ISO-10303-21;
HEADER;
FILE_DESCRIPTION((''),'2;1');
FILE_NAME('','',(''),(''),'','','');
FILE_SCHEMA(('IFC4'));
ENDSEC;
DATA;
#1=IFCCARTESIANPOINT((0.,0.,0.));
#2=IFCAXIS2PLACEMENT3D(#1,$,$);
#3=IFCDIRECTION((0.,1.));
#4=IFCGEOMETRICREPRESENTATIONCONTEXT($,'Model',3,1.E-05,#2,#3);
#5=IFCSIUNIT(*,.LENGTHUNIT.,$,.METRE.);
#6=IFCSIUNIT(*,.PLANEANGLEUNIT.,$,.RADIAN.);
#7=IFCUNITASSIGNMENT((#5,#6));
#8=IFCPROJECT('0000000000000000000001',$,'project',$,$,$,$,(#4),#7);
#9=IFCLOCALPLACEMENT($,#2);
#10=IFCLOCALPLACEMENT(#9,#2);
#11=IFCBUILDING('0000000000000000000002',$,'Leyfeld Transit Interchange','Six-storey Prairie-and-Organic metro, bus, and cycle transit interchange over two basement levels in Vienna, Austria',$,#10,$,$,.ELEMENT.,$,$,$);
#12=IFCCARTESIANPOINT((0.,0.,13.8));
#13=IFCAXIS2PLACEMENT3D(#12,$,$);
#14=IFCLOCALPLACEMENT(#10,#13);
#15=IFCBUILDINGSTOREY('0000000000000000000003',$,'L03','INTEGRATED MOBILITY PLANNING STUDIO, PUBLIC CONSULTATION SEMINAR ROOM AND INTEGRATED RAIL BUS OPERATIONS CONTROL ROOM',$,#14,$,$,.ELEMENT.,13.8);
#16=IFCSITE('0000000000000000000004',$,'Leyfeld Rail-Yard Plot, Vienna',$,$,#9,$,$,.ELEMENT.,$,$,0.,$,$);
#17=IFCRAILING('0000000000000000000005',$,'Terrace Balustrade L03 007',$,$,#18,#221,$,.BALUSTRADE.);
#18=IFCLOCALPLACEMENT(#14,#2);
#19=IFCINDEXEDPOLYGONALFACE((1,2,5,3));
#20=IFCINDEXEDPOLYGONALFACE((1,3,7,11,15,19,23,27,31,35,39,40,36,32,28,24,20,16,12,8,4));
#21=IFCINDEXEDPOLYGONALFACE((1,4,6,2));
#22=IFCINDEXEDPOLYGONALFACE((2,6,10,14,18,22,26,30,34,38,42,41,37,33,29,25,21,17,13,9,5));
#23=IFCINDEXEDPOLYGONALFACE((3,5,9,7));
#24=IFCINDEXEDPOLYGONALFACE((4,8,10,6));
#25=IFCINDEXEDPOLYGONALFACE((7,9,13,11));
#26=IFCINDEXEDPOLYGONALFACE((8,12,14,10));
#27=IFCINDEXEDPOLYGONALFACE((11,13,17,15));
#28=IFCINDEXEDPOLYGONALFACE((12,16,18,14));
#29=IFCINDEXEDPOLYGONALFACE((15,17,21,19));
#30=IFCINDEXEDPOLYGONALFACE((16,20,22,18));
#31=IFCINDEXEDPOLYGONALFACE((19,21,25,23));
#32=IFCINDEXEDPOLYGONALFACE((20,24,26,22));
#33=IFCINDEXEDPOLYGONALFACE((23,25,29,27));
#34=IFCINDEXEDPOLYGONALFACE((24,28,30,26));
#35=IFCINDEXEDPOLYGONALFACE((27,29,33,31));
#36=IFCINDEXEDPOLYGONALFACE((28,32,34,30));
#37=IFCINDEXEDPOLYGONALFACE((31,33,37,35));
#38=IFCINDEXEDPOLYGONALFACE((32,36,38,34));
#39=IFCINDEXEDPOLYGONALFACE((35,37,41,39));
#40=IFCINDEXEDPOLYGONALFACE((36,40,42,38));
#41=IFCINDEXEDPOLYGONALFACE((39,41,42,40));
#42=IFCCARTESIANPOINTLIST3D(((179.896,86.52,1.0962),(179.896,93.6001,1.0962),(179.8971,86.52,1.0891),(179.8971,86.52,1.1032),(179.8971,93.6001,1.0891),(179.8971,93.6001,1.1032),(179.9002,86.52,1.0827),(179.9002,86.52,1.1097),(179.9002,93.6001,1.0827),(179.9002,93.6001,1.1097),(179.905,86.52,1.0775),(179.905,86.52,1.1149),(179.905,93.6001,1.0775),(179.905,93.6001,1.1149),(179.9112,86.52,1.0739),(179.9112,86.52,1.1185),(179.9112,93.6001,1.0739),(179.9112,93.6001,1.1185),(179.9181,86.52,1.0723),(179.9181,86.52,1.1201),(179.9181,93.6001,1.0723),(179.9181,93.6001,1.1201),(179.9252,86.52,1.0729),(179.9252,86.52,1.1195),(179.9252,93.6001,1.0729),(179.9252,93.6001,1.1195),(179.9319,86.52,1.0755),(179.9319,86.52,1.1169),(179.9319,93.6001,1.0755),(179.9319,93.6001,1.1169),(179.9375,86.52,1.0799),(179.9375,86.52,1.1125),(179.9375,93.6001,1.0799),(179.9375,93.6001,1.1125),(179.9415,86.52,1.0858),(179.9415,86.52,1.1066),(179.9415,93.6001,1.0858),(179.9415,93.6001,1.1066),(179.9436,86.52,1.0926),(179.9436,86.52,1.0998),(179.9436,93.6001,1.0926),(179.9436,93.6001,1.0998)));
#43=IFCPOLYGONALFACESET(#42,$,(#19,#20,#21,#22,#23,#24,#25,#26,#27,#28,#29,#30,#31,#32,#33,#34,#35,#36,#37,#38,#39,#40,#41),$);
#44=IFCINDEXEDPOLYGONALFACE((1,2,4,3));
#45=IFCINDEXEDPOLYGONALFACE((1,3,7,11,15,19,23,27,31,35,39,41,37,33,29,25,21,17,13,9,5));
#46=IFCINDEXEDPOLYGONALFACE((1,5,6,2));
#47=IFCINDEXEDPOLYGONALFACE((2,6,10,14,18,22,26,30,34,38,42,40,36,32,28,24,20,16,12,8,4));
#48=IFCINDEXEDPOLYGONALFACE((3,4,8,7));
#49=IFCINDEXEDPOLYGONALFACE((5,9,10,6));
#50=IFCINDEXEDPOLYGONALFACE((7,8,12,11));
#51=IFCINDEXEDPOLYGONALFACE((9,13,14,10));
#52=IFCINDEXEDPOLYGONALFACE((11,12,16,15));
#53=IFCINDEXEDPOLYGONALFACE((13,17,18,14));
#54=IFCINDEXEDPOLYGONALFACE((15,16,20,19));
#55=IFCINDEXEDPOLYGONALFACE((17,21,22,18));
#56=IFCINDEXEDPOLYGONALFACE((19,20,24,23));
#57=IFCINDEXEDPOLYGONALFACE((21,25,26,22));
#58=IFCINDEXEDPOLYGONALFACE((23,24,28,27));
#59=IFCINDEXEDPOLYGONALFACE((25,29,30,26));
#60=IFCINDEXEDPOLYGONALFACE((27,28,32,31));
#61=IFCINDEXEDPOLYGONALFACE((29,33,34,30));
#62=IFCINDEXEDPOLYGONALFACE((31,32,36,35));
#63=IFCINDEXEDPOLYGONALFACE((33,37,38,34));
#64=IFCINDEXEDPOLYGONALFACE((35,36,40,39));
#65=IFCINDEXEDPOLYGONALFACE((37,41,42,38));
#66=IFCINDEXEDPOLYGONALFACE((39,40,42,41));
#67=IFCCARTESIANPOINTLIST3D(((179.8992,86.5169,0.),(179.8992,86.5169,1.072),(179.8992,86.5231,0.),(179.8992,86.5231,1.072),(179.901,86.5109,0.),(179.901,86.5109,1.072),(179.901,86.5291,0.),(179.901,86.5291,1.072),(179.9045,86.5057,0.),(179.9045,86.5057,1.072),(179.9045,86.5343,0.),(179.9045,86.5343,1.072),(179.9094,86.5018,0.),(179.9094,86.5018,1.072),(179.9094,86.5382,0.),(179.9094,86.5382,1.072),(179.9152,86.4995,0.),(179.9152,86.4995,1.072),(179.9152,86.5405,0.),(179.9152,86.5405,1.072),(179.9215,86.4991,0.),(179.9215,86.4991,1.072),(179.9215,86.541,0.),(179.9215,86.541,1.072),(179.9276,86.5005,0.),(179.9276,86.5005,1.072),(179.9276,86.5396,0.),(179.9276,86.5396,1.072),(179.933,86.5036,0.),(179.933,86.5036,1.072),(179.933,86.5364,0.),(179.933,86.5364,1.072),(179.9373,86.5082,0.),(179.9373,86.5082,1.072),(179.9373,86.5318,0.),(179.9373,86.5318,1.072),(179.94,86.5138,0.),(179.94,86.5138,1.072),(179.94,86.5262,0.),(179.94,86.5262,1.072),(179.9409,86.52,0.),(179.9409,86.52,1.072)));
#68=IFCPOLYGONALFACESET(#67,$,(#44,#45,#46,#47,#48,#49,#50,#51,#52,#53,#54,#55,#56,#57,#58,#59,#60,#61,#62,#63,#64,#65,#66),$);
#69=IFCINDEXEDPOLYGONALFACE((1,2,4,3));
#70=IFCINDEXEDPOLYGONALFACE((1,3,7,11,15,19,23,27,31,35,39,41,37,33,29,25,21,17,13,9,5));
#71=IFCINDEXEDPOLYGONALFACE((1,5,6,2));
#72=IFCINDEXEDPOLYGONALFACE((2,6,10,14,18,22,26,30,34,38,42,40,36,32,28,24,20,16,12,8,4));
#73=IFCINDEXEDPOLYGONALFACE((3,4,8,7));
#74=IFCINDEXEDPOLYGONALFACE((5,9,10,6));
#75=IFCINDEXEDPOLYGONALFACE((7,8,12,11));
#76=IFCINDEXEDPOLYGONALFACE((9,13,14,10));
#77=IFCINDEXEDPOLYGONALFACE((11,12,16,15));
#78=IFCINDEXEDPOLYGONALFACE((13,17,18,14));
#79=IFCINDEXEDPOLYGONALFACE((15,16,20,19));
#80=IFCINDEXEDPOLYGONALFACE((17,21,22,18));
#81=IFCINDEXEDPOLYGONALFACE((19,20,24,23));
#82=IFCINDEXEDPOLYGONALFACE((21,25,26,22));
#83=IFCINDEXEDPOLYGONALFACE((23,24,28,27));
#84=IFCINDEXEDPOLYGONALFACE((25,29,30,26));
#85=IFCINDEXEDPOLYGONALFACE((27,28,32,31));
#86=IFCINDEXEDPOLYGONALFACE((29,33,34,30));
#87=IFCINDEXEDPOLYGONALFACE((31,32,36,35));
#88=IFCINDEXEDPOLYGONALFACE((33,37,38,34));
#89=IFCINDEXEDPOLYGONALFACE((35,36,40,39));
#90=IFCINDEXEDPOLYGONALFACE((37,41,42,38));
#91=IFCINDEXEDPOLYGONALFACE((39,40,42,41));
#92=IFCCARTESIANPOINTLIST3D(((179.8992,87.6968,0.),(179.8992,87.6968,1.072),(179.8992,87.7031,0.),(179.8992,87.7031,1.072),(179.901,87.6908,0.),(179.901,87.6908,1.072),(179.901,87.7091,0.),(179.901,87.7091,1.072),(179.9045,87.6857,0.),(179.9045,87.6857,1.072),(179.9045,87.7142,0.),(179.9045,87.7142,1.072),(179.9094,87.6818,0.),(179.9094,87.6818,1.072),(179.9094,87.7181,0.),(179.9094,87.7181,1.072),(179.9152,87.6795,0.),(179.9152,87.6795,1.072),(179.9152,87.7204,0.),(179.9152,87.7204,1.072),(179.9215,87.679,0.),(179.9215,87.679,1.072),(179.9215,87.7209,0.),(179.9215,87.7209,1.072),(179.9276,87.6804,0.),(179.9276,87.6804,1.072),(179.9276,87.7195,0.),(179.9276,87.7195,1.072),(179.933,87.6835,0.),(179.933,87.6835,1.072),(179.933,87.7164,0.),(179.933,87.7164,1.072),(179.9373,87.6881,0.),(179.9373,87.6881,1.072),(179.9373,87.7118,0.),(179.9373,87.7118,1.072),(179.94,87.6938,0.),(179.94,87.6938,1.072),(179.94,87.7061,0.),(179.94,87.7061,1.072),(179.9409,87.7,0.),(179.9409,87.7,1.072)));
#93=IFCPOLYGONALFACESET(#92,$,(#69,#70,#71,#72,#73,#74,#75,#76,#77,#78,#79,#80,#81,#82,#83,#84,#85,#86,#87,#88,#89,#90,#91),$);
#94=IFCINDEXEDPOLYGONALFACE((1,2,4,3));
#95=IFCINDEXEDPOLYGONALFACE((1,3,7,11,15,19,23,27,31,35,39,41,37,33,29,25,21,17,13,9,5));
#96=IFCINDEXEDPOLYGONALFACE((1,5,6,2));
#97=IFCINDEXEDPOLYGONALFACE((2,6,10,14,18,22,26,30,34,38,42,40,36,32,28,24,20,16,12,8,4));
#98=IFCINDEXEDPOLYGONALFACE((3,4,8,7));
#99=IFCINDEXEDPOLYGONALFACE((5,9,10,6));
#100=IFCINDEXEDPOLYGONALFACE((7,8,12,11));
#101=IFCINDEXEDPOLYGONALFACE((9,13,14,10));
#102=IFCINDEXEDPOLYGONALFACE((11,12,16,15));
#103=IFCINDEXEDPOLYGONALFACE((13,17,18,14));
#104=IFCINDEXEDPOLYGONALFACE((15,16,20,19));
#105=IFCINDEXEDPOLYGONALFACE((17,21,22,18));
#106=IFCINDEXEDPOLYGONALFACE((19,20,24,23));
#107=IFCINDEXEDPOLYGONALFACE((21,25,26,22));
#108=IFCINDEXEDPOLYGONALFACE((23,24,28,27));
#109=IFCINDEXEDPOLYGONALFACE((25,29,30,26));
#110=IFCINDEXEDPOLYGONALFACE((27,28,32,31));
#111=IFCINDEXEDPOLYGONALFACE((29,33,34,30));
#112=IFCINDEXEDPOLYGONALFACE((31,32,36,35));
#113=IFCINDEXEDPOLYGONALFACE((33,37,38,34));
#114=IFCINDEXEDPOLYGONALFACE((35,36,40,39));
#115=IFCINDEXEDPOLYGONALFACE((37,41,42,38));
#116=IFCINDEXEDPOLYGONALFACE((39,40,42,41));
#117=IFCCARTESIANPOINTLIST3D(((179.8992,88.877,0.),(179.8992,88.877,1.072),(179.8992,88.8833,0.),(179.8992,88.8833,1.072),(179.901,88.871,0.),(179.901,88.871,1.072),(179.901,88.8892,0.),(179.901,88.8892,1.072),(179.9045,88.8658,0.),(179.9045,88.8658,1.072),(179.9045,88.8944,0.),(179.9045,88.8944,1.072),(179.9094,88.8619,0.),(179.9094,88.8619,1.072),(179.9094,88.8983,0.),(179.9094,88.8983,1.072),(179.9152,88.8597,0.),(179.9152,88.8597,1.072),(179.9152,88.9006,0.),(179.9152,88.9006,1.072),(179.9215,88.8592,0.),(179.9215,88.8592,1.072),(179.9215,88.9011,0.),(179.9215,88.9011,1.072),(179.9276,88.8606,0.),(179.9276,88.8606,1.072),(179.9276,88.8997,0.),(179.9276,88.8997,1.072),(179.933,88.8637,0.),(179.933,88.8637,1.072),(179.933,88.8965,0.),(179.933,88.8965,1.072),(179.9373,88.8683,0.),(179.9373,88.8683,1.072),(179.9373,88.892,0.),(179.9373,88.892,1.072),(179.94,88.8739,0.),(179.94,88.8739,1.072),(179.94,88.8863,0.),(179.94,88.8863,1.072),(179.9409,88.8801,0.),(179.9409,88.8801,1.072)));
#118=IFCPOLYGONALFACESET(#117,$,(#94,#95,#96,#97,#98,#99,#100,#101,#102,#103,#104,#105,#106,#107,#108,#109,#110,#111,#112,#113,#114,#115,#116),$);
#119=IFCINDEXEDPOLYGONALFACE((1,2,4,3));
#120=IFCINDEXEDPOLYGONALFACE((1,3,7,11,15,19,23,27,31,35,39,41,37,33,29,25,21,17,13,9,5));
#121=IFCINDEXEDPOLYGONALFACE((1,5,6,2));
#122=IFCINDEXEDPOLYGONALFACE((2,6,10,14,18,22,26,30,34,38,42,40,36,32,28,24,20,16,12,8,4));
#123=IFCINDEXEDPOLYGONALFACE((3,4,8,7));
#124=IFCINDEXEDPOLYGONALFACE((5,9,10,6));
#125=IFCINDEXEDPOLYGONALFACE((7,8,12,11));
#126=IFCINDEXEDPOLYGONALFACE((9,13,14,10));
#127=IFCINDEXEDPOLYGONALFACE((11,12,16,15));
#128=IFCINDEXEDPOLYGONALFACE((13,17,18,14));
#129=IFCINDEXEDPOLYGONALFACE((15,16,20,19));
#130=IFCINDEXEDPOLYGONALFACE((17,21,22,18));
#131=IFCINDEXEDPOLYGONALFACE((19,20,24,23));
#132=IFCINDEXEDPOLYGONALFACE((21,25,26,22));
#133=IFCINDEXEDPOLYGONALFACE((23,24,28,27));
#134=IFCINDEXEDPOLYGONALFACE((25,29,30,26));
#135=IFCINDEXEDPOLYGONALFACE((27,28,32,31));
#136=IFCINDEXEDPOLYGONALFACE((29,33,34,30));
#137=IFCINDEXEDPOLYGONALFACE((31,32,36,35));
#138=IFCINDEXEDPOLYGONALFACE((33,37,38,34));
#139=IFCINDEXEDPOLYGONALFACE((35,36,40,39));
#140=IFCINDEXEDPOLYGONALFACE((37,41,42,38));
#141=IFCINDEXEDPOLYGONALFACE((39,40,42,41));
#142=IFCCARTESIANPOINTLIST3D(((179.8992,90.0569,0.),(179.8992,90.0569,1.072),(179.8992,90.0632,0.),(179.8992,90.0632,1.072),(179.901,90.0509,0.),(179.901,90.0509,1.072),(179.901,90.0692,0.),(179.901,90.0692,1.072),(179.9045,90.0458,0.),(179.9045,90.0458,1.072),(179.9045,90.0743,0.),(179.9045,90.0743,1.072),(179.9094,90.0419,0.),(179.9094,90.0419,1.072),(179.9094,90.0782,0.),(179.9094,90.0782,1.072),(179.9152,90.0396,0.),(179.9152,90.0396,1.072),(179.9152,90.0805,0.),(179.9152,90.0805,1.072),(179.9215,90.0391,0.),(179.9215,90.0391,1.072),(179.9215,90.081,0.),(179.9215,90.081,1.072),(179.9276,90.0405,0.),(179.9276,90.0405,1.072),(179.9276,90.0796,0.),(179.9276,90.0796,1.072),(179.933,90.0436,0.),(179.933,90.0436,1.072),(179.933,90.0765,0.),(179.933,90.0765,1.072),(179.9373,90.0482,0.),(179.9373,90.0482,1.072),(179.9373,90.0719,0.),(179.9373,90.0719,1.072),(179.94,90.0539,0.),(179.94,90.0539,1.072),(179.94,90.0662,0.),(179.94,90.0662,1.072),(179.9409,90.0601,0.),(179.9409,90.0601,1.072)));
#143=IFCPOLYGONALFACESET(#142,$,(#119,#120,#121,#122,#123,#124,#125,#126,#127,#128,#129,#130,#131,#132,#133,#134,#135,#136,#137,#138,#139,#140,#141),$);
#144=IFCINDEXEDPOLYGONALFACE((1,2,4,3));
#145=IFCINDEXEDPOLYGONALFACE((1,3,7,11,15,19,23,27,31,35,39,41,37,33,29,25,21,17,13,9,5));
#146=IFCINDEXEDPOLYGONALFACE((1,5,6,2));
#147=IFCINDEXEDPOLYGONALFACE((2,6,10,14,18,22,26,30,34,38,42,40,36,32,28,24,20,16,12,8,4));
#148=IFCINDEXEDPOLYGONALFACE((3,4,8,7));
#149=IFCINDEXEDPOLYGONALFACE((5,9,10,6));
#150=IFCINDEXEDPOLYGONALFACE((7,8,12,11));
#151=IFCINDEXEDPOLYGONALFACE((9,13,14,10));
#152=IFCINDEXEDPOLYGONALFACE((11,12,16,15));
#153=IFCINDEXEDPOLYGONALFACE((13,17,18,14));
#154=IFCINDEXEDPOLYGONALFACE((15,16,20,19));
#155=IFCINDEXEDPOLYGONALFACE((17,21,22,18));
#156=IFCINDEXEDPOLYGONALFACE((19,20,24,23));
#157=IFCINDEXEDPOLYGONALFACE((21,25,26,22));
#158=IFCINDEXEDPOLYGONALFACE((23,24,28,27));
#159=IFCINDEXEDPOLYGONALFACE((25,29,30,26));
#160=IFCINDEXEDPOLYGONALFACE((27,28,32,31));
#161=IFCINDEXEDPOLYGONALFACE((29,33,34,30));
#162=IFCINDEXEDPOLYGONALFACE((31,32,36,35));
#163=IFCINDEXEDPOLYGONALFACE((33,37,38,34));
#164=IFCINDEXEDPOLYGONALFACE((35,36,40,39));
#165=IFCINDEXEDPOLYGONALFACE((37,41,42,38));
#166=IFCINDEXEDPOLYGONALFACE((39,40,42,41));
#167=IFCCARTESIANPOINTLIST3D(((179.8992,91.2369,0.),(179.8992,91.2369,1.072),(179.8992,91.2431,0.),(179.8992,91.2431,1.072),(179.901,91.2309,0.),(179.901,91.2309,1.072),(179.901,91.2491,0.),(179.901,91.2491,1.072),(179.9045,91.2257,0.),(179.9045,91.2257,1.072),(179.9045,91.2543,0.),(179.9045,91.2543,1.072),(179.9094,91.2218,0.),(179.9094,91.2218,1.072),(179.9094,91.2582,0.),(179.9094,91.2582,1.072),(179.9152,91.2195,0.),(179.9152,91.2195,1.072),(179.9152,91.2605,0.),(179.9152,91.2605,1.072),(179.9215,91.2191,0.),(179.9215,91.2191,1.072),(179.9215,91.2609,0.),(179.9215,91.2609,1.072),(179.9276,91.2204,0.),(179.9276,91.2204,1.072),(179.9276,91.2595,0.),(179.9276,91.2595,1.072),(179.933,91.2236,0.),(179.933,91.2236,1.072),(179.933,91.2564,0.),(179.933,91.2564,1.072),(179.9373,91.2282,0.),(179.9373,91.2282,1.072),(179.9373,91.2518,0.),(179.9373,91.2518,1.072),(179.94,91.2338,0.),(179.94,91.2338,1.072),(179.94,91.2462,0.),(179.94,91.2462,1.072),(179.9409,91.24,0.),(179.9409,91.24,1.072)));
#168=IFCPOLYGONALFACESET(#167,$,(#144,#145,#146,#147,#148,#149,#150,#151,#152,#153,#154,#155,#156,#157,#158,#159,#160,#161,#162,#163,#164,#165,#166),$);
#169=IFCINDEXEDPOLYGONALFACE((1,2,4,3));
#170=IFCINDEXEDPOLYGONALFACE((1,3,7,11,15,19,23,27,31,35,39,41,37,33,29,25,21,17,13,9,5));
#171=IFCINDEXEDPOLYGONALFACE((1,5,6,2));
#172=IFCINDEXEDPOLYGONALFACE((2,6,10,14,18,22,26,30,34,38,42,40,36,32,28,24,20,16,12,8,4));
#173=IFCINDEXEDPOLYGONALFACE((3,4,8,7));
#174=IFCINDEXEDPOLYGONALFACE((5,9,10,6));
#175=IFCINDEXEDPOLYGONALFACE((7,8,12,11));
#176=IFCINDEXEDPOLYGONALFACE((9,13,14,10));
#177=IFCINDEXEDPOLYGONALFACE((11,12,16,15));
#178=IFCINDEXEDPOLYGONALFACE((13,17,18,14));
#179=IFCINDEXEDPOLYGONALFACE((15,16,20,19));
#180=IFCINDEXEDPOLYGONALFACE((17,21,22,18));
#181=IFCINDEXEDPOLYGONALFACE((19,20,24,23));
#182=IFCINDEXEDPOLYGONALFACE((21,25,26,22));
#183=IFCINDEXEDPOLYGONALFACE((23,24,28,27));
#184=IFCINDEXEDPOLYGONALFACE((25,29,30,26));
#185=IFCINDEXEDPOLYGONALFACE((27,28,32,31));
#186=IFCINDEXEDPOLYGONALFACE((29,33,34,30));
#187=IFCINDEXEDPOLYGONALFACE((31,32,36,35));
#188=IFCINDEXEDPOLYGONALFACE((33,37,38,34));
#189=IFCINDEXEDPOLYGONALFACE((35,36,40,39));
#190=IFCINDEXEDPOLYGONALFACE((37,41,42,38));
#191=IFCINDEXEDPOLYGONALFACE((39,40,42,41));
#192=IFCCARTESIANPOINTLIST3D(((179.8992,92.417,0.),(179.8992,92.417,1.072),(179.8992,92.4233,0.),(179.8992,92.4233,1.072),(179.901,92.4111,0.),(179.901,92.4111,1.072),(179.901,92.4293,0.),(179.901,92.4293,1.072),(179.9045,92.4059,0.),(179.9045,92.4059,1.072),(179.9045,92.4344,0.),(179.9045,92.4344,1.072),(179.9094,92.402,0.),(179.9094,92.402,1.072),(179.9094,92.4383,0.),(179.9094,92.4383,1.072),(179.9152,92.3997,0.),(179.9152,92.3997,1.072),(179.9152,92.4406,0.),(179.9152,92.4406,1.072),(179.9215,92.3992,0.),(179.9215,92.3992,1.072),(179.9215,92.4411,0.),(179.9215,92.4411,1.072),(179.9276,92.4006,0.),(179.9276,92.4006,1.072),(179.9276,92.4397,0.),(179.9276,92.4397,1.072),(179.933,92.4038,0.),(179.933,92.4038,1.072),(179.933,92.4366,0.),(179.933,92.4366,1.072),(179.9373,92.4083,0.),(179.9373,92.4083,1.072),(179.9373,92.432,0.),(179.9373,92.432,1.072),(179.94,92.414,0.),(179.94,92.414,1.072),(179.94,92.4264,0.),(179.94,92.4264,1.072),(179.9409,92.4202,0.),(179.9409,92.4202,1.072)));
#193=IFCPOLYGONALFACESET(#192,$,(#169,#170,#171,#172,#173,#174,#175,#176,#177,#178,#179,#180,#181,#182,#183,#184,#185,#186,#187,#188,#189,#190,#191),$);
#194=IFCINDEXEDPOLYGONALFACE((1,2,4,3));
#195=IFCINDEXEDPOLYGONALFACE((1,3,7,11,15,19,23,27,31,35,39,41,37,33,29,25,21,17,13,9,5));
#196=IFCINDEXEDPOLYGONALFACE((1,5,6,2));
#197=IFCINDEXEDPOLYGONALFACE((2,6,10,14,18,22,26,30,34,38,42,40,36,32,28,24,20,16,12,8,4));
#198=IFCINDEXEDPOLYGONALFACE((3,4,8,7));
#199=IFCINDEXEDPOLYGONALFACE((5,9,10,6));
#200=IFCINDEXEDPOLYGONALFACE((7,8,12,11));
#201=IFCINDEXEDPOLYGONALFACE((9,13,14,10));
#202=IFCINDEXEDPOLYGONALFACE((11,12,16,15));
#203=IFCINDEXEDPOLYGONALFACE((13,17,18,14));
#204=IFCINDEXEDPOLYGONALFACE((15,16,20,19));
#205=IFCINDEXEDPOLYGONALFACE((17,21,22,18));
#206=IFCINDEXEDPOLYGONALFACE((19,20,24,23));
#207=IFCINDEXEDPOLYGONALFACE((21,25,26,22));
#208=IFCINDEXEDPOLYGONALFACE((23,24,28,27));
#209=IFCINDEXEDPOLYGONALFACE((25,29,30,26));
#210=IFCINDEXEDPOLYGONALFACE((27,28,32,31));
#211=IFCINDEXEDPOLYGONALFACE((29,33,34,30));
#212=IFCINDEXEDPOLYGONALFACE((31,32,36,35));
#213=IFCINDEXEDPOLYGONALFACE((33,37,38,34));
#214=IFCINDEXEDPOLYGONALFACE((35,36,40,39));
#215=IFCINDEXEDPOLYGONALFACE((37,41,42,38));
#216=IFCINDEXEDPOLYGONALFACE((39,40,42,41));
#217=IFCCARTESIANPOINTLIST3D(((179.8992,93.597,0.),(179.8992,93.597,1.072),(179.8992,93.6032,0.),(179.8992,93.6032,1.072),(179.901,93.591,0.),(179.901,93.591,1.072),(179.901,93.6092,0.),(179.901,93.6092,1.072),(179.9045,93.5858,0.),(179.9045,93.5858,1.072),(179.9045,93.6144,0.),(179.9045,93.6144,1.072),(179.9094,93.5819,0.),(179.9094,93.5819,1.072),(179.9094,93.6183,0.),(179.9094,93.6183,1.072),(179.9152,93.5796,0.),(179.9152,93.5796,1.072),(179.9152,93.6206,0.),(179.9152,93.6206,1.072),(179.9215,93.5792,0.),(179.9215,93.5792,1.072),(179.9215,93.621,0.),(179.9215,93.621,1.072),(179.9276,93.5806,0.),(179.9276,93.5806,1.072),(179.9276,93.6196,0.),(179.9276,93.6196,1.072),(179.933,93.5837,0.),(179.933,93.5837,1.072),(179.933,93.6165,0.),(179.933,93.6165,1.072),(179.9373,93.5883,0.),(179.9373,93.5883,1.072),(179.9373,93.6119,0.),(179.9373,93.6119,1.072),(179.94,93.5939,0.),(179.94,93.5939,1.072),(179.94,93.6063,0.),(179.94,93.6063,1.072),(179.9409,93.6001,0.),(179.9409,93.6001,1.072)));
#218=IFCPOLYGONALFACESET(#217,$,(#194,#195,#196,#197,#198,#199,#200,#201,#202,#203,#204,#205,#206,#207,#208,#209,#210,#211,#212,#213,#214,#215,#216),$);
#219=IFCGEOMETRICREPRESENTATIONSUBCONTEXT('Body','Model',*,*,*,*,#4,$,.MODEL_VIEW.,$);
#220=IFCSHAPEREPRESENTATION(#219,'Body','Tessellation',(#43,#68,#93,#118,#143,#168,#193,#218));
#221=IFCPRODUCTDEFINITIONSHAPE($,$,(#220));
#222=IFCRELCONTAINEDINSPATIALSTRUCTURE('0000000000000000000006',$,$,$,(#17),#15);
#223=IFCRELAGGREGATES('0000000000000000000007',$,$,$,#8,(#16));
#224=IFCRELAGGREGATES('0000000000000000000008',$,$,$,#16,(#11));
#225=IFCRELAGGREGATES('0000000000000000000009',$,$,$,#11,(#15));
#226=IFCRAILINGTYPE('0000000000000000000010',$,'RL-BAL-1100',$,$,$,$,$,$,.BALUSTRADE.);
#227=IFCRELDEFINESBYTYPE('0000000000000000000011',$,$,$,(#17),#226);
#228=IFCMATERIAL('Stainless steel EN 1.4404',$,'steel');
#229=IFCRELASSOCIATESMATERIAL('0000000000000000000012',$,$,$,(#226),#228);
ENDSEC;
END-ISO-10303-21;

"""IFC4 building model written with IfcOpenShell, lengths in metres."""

from ifc_helpers import new_model, si_unit, direction, frame, origin, origin_2d, place, context, subcontext, project, spatial, circle, extrude, material, type_object, element, save


model = new_model("IFC4")

# Units and contexts
model_context = context("Model", 3, precision=1e-05, world=origin(), true_north=direction((0.0, 1.0)))
body_context = subcontext(model_context, "Body", "Model", "MODEL_VIEW")
ifc_project = project(units=[si_unit("LENGTHUNIT", "METRE"), si_unit("PLANEANGLEUNIT", "RADIAN")], contexts=[model_context])

# Site, building, storey
site_placement = place(None, origin())
site = spatial("IfcSite", under=ifc_project, at=site_placement, Name="Leyfeld Rail-Yard Plot, Vienna", CompositionType="ELEMENT", RefElevation=0.0)
building_placement = place(site_placement, origin())
building = spatial("IfcBuilding", under=site, at=building_placement, Name="Leyfeld Transit Interchange", Description="Six-storey Prairie-and-Organic metro, bus, and cycle transit interchange over two basement levels in Vienna, Austria", CompositionType="ELEMENT")
storey_placement = place(building_placement, frame((0.0, 0.0, 13.8)))
storey = spatial("IfcBuildingStorey", under=building, at=storey_placement, Name="L03", Description="INTEGRATED MOBILITY PLANNING STUDIO, PUBLIC CONSULTATION SEMINAR ROOM AND INTEGRATED RAIL BUS OPERATIONS CONTROL ROOM", CompositionType="ELEMENT", Elevation=13.8)

# Railing
ifc_material_1 = material(Name="Stainless steel EN 1.4404", Category="steel")
railing_type = type_object("IfcRailingType", Name="RL-BAL-1100", PredefinedType="BALUSTRADE", material=ifc_material_1)
railing_1_placement = place(storey_placement, frame((179.9199, 86.52, 0.0)))
element("IfcRailing", 1, at=railing_1_placement, inside=storey, type_object=railing_type, Name="Terrace Balustrade L03 007", PredefinedType="BALUSTRADE", context=body_context, shape_type="SweptSolid", body=[
    extrude(circle(Radius=0.0239, at=origin_2d()), frame((0.0, 0.0, 1.0962), z_axis=(0.0, 1.0, 0.0), x_axis=(-1.0, 0.0, 0.0)), (0.0, 0.0, 1.0), 7.0801),
    extrude(circle(Radius=0.021, at=origin_2d()), origin(), (0.0, 0.0, 1.0), 1.072),
    extrude(circle(Radius=0.021, at=origin_2d()), frame((0.0, 1.1799, 0.0)), (0.0, 0.0, 1.0), 1.072),
    extrude(circle(Radius=0.021, at=origin_2d()), frame((0.0, 2.3601, 0.0)), (0.0, 0.0, 1.0), 1.072),
    extrude(circle(Radius=0.021, at=origin_2d()), frame((0.0, 3.54, 0.0)), (0.0, 0.0, 1.0), 1.072),
    extrude(circle(Radius=0.021, at=origin_2d()), frame((0.0, 4.72, 0.0)), (0.0, 0.0, 1.0), 1.072),
    extrude(circle(Radius=0.021, at=origin_2d()), frame((0.0, 5.9001, 0.0)), (0.0, 0.0, 1.0), 1.072),
    extrude(circle(Radius=0.021, at=origin_2d()), frame((0.0, 7.0801, 0.0)), (0.0, 0.0, 1.0), 1.072),
])

save(model, "model.ifc")
